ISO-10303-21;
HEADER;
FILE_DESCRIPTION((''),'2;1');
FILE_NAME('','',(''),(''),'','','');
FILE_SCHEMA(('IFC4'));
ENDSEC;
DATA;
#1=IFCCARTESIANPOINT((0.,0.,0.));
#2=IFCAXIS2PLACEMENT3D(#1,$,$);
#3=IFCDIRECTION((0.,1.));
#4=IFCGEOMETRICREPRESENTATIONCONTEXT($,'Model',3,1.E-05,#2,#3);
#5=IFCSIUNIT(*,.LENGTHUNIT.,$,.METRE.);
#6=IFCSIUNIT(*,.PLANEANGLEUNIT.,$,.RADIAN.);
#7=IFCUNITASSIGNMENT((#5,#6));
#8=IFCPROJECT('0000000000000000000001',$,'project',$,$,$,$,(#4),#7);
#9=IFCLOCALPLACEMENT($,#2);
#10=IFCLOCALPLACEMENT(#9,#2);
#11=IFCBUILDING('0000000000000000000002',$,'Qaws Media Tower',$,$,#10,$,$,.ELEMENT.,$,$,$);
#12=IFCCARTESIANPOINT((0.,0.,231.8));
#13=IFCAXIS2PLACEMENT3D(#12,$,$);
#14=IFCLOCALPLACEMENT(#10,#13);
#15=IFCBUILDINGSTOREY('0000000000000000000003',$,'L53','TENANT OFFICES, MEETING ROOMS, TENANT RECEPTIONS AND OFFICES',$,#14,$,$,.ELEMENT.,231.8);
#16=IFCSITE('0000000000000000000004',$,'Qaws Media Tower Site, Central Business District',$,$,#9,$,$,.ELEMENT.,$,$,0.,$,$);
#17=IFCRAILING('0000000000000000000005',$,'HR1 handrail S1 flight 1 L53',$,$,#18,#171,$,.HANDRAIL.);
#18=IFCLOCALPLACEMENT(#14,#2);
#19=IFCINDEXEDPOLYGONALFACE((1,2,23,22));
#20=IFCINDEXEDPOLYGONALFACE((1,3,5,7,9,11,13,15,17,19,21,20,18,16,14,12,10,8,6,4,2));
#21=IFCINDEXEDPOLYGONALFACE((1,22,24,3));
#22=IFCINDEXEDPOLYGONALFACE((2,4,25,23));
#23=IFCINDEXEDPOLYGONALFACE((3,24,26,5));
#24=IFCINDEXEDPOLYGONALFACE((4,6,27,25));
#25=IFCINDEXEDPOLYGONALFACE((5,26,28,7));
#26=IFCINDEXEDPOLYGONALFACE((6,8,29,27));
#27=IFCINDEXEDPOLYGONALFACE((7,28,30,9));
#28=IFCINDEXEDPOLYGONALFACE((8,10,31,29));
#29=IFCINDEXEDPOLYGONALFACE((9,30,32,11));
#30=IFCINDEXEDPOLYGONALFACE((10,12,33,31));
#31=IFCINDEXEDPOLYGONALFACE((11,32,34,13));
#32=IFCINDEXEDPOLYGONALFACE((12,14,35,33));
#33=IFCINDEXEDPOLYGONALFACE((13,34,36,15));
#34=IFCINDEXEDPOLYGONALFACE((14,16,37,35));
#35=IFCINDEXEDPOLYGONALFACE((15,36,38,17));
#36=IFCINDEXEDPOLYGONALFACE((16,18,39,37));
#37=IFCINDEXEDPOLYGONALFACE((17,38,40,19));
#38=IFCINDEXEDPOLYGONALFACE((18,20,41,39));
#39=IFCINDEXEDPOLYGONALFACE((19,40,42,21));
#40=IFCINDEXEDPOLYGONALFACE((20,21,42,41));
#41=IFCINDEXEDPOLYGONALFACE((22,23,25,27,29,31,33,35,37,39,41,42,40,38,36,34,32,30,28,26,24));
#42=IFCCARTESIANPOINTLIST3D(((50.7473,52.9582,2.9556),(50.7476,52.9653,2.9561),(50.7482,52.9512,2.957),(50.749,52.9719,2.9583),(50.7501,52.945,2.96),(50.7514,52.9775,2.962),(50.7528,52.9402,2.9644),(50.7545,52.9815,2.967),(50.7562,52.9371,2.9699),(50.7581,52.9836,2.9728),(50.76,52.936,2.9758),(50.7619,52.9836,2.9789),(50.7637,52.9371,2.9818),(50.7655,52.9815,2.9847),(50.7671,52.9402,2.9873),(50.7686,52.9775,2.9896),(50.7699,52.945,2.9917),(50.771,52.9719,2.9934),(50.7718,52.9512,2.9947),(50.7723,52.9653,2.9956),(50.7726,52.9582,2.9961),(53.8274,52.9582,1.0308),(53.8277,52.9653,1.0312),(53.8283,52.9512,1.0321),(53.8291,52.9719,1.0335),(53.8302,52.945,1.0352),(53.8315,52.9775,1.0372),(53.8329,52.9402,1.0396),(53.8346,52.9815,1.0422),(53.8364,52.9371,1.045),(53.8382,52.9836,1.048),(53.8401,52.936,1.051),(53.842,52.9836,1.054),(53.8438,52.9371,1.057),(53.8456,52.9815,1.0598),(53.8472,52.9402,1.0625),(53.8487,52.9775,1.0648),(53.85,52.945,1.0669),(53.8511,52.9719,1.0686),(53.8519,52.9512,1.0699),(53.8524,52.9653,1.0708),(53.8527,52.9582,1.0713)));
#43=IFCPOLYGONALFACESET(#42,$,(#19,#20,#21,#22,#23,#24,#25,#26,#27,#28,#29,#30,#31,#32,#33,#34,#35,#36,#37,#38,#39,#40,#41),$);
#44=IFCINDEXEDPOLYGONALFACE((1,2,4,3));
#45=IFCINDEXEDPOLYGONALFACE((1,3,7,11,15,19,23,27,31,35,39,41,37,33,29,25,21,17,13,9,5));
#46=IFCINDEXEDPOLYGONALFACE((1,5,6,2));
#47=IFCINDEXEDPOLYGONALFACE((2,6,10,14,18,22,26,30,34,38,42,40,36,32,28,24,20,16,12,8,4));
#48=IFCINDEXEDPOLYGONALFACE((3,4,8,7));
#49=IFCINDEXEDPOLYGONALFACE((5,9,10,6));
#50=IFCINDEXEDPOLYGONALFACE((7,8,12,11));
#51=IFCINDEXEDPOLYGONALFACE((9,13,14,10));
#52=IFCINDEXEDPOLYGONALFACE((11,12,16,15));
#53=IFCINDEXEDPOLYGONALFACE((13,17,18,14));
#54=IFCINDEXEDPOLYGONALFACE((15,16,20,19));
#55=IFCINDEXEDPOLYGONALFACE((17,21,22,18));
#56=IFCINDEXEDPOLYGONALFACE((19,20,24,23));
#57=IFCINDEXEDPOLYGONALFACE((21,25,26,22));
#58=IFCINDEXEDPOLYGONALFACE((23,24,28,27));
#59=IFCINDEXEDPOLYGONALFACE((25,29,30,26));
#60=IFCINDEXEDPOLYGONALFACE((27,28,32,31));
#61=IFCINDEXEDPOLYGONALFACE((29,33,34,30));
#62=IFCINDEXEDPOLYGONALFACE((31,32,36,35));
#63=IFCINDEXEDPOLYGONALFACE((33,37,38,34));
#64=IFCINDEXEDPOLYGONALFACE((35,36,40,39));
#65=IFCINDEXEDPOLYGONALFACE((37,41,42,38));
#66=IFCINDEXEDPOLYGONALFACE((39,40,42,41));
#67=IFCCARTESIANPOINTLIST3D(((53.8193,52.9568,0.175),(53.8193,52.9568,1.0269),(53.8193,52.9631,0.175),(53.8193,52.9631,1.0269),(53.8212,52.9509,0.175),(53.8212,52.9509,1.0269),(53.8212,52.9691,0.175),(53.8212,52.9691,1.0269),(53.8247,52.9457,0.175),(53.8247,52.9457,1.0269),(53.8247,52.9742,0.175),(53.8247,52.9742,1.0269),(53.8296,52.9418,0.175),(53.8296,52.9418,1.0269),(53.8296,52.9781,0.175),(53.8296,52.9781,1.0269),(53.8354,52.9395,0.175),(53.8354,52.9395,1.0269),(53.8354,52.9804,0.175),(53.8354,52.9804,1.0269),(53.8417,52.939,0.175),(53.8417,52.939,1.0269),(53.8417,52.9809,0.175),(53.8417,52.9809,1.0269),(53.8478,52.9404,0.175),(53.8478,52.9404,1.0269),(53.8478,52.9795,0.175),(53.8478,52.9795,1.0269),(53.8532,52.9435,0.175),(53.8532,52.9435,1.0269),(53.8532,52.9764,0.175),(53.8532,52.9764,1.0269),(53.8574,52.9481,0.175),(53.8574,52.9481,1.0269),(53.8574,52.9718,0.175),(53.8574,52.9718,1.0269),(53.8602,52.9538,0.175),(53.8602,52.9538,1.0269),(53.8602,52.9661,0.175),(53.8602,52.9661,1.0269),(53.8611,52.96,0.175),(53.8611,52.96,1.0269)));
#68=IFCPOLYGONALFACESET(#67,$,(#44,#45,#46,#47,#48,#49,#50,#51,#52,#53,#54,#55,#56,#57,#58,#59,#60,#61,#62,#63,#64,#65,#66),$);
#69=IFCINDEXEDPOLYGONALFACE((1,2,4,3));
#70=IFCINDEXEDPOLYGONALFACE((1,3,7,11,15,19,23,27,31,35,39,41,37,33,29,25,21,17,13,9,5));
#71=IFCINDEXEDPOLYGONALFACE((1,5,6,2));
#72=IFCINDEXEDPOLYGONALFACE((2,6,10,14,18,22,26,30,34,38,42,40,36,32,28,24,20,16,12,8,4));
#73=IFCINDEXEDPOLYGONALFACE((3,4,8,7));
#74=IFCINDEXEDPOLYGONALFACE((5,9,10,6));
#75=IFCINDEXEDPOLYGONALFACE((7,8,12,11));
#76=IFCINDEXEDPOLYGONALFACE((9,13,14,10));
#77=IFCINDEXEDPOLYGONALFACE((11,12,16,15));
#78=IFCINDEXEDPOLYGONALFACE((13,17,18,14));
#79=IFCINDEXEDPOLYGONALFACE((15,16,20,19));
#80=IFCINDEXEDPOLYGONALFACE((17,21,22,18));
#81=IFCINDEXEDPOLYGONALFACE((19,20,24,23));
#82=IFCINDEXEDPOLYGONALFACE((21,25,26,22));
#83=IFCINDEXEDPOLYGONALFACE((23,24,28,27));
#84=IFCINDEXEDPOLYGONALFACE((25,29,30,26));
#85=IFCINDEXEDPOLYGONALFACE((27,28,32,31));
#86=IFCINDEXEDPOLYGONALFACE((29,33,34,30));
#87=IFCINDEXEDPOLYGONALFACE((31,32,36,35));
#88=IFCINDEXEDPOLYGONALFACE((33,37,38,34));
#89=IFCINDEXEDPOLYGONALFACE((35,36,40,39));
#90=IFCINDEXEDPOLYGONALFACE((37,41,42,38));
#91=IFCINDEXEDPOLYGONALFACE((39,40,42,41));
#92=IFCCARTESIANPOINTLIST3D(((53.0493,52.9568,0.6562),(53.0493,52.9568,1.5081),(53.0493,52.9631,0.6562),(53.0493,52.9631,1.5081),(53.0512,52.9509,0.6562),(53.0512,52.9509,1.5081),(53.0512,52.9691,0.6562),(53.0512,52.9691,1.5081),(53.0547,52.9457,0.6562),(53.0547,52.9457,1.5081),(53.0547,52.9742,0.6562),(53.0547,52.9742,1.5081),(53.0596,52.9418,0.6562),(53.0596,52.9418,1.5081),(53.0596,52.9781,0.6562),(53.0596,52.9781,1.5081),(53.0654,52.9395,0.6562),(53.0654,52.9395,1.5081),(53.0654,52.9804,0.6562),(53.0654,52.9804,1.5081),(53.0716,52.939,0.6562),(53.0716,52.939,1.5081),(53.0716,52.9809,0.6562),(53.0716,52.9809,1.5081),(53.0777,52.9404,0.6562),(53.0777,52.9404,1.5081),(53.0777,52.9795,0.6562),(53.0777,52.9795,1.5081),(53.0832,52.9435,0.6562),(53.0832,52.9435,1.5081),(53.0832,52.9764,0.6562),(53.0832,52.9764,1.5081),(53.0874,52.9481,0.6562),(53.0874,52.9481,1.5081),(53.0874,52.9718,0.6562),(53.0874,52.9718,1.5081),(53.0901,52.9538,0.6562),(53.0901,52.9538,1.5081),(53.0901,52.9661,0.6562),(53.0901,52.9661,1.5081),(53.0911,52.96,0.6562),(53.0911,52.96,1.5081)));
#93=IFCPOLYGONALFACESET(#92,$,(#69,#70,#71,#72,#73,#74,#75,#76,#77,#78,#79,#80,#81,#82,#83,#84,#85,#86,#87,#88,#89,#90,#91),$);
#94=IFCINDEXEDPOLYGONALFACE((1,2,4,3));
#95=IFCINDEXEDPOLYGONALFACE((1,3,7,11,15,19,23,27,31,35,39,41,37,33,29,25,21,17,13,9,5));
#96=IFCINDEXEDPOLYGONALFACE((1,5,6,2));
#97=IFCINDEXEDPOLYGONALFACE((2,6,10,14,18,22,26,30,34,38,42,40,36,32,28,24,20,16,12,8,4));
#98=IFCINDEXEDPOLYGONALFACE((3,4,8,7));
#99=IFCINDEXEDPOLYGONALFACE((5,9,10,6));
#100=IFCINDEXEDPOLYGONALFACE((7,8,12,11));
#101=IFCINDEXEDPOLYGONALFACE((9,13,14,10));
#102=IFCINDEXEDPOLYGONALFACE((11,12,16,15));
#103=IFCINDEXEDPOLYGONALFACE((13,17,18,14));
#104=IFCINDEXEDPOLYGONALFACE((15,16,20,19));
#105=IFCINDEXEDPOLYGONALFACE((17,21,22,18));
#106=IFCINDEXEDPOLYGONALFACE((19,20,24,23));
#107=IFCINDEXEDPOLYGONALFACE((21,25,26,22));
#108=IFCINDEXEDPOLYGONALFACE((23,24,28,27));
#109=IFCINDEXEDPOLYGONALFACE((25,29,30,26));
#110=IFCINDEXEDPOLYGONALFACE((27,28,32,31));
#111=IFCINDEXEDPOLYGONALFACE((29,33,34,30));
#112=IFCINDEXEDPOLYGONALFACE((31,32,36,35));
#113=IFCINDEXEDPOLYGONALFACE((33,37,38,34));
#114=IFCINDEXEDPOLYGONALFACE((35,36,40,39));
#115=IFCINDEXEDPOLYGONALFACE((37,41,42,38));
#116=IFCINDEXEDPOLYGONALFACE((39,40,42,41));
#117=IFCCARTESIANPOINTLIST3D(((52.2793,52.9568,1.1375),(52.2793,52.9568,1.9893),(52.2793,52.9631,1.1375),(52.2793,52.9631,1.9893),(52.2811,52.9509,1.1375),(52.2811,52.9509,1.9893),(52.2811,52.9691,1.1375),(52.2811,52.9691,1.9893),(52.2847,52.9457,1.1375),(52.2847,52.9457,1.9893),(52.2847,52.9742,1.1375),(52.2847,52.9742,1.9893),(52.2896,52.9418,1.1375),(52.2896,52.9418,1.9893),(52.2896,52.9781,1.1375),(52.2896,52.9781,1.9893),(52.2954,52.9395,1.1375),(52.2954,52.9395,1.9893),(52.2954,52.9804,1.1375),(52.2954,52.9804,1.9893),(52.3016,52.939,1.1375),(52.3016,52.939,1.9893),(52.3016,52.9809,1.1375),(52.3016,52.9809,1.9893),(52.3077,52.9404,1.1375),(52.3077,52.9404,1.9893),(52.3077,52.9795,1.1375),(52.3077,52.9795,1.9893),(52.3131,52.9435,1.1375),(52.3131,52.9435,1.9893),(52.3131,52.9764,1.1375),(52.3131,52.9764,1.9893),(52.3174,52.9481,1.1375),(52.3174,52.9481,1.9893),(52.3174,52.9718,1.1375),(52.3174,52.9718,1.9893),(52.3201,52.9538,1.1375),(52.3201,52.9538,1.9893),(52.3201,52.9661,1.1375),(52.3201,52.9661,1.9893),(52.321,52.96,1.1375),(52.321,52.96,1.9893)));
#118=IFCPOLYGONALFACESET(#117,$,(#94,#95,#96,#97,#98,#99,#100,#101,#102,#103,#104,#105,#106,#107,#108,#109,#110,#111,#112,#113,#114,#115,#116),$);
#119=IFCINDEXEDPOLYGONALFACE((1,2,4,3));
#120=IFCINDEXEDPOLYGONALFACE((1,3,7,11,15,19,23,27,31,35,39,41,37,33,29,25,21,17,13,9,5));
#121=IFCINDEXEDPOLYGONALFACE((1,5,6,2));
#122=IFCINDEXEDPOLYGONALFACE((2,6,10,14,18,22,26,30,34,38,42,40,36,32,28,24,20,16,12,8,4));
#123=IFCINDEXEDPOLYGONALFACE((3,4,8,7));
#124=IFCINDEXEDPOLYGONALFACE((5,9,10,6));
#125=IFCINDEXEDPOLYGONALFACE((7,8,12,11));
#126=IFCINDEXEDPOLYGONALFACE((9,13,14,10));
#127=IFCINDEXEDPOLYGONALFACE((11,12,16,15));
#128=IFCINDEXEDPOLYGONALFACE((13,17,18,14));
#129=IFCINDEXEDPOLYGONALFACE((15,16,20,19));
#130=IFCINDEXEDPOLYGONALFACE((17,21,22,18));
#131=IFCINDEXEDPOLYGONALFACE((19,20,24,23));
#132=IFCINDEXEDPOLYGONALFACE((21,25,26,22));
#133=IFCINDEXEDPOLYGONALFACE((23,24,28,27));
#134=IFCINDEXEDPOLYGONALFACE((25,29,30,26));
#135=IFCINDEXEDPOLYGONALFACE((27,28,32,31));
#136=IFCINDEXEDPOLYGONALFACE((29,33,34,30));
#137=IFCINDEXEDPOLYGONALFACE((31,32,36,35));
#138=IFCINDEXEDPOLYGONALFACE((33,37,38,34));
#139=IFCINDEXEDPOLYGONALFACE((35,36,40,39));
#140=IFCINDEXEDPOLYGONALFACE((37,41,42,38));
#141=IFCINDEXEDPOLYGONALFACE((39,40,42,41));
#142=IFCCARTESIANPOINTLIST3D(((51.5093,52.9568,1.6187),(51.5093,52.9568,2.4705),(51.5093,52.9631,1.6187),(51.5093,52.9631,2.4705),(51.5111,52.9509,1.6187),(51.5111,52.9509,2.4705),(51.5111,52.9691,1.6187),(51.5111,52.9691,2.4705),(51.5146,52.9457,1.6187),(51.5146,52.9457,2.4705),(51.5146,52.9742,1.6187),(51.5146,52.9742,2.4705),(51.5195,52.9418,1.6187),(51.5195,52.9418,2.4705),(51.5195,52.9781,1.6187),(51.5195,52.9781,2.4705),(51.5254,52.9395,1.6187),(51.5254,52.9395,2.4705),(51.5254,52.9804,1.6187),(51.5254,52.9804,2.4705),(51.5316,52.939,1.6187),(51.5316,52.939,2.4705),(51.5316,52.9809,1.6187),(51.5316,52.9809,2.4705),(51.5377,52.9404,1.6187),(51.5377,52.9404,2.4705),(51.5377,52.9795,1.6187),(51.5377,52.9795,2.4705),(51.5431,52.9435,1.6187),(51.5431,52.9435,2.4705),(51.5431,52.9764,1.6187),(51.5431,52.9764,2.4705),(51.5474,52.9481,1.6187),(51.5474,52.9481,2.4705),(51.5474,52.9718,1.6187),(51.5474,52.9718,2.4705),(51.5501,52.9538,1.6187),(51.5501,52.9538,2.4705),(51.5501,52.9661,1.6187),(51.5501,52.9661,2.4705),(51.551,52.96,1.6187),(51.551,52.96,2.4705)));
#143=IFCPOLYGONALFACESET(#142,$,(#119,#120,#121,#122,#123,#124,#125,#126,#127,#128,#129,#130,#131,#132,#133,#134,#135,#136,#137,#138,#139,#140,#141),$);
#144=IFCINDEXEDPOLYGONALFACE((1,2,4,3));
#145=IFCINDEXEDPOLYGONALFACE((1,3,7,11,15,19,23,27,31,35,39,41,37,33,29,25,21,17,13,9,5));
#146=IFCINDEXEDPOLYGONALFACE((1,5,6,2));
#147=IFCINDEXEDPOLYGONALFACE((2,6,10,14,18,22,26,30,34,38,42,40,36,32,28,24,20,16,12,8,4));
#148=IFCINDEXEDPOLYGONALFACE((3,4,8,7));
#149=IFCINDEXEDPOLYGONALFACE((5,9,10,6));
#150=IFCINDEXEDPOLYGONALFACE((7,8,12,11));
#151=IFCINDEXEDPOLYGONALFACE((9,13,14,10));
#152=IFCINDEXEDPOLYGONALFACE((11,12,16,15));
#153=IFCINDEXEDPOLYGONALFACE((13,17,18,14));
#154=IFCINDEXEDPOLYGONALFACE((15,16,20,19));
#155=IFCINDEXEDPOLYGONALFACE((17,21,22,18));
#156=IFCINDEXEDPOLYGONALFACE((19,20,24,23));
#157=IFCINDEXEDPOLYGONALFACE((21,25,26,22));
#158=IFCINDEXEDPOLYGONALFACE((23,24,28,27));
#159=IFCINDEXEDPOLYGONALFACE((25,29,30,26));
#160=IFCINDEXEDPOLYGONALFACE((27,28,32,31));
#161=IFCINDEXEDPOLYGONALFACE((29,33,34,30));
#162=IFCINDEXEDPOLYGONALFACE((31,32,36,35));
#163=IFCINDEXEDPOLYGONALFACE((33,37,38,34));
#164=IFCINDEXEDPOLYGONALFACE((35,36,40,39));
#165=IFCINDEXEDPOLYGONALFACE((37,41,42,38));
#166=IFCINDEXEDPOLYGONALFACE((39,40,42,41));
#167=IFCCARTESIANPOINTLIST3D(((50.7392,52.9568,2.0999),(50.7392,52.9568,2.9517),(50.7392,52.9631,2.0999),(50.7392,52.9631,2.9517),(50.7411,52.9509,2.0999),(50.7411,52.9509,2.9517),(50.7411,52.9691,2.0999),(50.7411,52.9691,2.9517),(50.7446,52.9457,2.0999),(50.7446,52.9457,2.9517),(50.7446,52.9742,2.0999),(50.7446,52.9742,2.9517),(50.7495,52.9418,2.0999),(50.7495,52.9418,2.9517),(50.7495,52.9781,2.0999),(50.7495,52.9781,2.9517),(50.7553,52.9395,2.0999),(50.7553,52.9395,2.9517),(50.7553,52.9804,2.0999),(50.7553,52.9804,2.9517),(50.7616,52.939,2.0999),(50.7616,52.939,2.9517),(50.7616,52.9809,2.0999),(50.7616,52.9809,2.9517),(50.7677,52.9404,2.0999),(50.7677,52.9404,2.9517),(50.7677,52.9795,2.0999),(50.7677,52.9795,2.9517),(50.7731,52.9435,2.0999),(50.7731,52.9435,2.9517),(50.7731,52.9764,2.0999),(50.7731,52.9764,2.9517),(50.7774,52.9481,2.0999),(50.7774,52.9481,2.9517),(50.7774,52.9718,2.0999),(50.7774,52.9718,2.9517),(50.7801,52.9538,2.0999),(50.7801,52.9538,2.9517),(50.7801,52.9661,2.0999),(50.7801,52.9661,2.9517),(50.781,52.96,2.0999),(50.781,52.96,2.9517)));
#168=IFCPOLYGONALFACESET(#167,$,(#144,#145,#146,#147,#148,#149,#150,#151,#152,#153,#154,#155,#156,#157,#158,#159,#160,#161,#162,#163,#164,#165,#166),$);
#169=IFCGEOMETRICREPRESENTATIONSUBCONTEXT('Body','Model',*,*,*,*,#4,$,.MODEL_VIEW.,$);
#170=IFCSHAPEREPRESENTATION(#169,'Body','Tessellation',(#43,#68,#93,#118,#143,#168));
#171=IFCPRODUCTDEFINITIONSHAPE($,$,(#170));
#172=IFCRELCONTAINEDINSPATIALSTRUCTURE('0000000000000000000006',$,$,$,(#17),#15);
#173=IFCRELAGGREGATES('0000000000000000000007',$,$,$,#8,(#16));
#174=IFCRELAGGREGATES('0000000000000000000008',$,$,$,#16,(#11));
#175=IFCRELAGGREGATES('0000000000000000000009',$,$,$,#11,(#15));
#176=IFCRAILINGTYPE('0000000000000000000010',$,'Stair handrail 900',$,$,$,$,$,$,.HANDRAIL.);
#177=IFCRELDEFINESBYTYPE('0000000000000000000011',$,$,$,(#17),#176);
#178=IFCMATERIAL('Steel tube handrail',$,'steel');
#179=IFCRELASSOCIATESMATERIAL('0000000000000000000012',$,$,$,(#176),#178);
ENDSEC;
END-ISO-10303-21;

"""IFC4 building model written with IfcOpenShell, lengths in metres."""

from ifc_helpers import new_model, si_unit, direction, frame, origin, origin_2d, place, context, subcontext, project, spatial, circle, extrude, material, type_object, element, save


model = new_model("IFC4")

# Units and contexts
model_context = context("Model", 3, precision=1e-05, world=origin(), true_north=direction((0.0, 1.0)))
body_context = subcontext(model_context, "Body", "Model", "MODEL_VIEW")
ifc_project = project(units=[si_unit("LENGTHUNIT", "METRE"), si_unit("PLANEANGLEUNIT", "RADIAN")], contexts=[model_context])

# Site, building, storey
site_placement = place(None, origin())
site = spatial("IfcSite", under=ifc_project, at=site_placement, Name="Qaws Media Tower Site, Central Business District", CompositionType="ELEMENT", RefElevation=0.0)
building_placement = place(site_placement, origin())
building = spatial("IfcBuilding", under=site, at=building_placement, Name="Qaws Media Tower", CompositionType="ELEMENT")
storey_placement = place(building_placement, frame((0.0, 0.0, 231.8)))
storey = spatial("IfcBuildingStorey", under=building, at=storey_placement, Name="L53", Description="TENANT OFFICES, MEETING ROOMS, TENANT RECEPTIONS AND OFFICES", CompositionType="ELEMENT", Elevation=231.8)

# Railing
ifc_material_1 = material(Name="Steel tube handrail", Category="steel")
railing_type = type_object("IfcRailingType", Name="Stair handrail 900", PredefinedType="HANDRAIL", material=ifc_material_1)
railing_placement = place(storey_placement, frame((53.8401, 52.96, 0.175)))
element("IfcRailing", 1, at=railing_placement, inside=storey, type_object=railing_type, Name="HR1 handrail S1 flight 1 L53", PredefinedType="HANDRAIL", context=body_context, shape_type="SweptSolid", body=[
    extrude(circle(Radius=0.0239, at=origin_2d()), frame((0.0, 0.0, 0.876), z_axis=(-0.848029, 0.0, 0.529951), x_axis=(0.0, -1.0, 0.0)), (0.0, 0.0, 1.0), 3.6321),
    extrude(circle(Radius=0.021, at=origin_2d()), origin(), (0.0, 0.0, 1.0), 0.8518),
    extrude(circle(Radius=0.021, at=origin_2d()), frame((-0.77, 0.0, 0.4812)), (0.0, 0.0, 1.0), 0.8518),
    extrude(circle(Radius=0.021, at=origin_2d()), frame((-1.54, 0.0, 0.9624)), (0.0, 0.0, 1.0), 0.8518),
    extrude(circle(Radius=0.021, at=origin_2d()), frame((-2.3101, 0.0, 1.4436)), (0.0, 0.0, 1.0), 0.8518),
    extrude(circle(Radius=0.021, at=origin_2d()), frame((-3.0801, 0.0, 1.9248)), (0.0, 0.0, 1.0), 0.8518),
])

save(model, "model.ifc")
